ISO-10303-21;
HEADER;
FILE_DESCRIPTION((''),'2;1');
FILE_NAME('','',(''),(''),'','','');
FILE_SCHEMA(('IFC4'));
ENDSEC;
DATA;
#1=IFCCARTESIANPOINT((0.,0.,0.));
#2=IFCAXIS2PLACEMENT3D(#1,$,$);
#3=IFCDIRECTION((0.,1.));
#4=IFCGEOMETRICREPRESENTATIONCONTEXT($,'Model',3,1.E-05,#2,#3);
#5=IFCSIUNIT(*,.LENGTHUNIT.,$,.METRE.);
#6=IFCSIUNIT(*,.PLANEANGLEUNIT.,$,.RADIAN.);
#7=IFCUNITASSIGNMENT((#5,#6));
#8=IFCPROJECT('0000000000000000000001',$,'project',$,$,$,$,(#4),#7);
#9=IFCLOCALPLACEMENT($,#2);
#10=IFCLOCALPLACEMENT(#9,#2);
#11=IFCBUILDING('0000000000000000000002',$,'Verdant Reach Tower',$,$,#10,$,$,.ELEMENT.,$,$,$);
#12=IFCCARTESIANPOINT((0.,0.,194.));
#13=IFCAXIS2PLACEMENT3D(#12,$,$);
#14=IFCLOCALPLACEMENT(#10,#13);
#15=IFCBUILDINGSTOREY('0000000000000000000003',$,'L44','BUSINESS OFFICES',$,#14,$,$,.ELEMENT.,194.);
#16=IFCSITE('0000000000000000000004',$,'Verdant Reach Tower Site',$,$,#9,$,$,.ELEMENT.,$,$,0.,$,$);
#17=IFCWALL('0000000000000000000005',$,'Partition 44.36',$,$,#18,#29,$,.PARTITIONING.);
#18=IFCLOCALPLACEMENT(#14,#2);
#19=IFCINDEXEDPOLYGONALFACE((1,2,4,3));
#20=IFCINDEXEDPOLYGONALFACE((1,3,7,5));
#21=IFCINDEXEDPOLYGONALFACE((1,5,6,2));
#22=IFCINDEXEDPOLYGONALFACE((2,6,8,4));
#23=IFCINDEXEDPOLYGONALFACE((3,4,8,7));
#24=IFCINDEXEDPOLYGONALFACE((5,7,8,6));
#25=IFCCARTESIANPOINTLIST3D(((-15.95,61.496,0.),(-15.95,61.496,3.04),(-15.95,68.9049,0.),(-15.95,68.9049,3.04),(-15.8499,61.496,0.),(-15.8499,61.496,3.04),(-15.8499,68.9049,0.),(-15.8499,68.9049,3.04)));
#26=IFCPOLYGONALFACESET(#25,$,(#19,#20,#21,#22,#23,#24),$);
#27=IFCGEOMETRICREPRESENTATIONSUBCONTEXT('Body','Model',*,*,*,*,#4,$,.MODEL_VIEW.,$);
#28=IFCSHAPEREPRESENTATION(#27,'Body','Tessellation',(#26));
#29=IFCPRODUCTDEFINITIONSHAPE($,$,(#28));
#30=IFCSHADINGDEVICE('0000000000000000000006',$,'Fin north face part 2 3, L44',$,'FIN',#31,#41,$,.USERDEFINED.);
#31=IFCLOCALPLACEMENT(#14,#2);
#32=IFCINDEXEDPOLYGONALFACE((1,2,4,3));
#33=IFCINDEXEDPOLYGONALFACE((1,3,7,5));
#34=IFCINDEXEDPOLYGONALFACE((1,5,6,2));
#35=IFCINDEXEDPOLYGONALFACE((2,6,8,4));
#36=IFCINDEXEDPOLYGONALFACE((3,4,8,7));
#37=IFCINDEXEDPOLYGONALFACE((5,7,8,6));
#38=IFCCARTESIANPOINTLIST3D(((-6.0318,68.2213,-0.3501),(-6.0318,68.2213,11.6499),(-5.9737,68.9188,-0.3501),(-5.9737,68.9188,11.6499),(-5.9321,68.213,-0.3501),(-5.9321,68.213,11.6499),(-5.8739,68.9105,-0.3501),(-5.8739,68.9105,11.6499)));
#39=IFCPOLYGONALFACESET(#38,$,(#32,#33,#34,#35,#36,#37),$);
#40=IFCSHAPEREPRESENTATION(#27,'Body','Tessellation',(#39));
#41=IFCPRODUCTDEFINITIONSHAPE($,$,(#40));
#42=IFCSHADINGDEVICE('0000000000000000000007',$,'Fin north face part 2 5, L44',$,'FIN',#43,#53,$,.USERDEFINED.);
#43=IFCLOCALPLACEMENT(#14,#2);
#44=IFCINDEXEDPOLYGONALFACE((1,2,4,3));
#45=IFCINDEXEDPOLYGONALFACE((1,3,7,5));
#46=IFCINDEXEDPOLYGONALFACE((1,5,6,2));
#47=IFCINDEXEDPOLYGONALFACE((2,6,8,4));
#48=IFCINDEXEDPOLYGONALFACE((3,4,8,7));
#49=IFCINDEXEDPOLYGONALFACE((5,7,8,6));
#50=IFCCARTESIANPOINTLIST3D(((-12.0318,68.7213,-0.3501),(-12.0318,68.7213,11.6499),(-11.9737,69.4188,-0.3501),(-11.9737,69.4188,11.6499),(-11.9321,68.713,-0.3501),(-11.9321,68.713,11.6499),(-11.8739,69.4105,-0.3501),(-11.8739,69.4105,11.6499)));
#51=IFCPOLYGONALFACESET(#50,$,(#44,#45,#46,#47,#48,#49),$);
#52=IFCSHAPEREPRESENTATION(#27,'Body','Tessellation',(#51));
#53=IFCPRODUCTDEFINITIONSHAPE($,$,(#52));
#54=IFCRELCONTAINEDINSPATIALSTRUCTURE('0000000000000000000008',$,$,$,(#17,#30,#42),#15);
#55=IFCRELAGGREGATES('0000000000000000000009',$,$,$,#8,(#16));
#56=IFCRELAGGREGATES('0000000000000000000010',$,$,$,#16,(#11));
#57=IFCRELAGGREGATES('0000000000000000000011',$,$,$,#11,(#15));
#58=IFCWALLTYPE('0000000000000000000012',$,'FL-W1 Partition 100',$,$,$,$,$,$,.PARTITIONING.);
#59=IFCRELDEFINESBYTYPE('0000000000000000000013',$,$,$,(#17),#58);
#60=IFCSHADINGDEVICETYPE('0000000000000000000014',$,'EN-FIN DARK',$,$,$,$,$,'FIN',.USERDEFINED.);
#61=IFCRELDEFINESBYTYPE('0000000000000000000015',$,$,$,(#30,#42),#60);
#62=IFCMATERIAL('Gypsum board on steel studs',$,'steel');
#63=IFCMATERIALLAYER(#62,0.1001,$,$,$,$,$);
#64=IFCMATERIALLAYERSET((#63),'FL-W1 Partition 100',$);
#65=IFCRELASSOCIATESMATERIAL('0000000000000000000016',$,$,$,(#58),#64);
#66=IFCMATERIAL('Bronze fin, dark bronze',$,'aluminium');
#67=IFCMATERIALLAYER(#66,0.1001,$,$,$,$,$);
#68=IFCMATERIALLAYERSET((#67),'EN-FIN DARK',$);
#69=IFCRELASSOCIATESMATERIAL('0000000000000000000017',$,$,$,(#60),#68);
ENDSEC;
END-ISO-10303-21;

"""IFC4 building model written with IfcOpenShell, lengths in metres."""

from ifc_helpers import new_model, si_unit, direction, frame, frame_2d, origin, origin_2d, place, context, subcontext, project, spatial, rectangle, extrude, material, layer, layer_set, type_object, element, save


model = new_model("IFC4")

# Units and contexts
model_context = context("Model", 3, precision=1e-05, world=origin(), true_north=direction((0.0, 1.0)))
body_context = subcontext(model_context, "Body", "Model", "MODEL_VIEW")
ifc_project = project(units=[si_unit("LENGTHUNIT", "METRE"), si_unit("PLANEANGLEUNIT", "RADIAN")], contexts=[model_context])

# Site, building, storey
site_placement = place(None, origin())
site = spatial("IfcSite", under=ifc_project, at=site_placement, Name="Verdant Reach Tower Site", CompositionType="ELEMENT", RefElevation=0.0)
building_placement = place(site_placement, origin())
building = spatial("IfcBuilding", under=site, at=building_placement, Name="Verdant Reach Tower", CompositionType="ELEMENT")
storey_placement = place(building_placement, frame((0.0, 0.0, 194.0)))
storey = spatial("IfcBuildingStorey", under=building, at=storey_placement, Name="L44", Description="BUSINESS OFFICES", CompositionType="ELEMENT", Elevation=194.0)

# Shared definitions
ifc_material_1 = material(Name="Gypsum board on steel studs", Category="steel")
ifc_layer_1 = layer(ifc_material_1, 0.1001)
ifc_layer_set_1 = layer_set([ifc_layer_1], Name="FL-W1 Partition 100")
wall_type = type_object("IfcWallType", Name="FL-W1 Partition 100", PredefinedType="PARTITIONING", material=ifc_layer_set_1)

# Wall
wall_1_placement = place(storey_placement, frame((-15.8999, 68.905, 0.0), z_axis=(0.0, 0.0, 1.0), x_axis=(0.0, -1.0, 0.0)))
element("IfcWall", 1, at=wall_1_placement, inside=storey, type_object=wall_type, Name="Partition 44.36", PredefinedType="PARTITIONING", context=body_context, shape_type="SweptSolid", body=[
    extrude(rectangle(XDim=7.4089, YDim=0.1001, at=frame_2d((3.7046, 0.0))), origin(), (0.0, 0.0, 1.0), 3.04),
])

# Shading devices
ifc_material_2 = material(Name="Bronze fin, dark bronze", Category="aluminium")
ifc_layer_2 = layer(ifc_material_2, 0.1001)
ifc_layer_set_2 = layer_set([ifc_layer_2], Name="EN-FIN DARK")
shading_device_type = type_object("IfcShadingDeviceType", Name="EN-FIN DARK", ElementType="FIN", PredefinedType="USERDEFINED", material=ifc_layer_set_2)
for number, where, z_axis, x_axis, name in (
    (2, (-5.9529, 68.5659, -0.3501), (0.0, 0.0, 1.0), (-0.996546, 0.083045, 0.0), "Fin north face part 2 3, L44"),
    (3, (-11.9529, 69.0659, -0.3501), (0.0, 0.0, 1.0), (-0.996546, 0.083045, 0.0), "Fin north face part 2 5, L44"),
):
    element("IfcShadingDevice", number, at=place(storey_placement, frame(where, z_axis=z_axis, x_axis=x_axis)), inside=storey, type_object=shading_device_type, Name=name, ObjectType="FIN", PredefinedType="USERDEFINED", context=body_context, shape_type="SweptSolid", body=[
        extrude(rectangle(XDim=0.1001, YDim=0.7, at=origin_2d()), origin(), (0.0, 0.0, 1.0), 12.0),
    ])

save(model, "model.ifc")
